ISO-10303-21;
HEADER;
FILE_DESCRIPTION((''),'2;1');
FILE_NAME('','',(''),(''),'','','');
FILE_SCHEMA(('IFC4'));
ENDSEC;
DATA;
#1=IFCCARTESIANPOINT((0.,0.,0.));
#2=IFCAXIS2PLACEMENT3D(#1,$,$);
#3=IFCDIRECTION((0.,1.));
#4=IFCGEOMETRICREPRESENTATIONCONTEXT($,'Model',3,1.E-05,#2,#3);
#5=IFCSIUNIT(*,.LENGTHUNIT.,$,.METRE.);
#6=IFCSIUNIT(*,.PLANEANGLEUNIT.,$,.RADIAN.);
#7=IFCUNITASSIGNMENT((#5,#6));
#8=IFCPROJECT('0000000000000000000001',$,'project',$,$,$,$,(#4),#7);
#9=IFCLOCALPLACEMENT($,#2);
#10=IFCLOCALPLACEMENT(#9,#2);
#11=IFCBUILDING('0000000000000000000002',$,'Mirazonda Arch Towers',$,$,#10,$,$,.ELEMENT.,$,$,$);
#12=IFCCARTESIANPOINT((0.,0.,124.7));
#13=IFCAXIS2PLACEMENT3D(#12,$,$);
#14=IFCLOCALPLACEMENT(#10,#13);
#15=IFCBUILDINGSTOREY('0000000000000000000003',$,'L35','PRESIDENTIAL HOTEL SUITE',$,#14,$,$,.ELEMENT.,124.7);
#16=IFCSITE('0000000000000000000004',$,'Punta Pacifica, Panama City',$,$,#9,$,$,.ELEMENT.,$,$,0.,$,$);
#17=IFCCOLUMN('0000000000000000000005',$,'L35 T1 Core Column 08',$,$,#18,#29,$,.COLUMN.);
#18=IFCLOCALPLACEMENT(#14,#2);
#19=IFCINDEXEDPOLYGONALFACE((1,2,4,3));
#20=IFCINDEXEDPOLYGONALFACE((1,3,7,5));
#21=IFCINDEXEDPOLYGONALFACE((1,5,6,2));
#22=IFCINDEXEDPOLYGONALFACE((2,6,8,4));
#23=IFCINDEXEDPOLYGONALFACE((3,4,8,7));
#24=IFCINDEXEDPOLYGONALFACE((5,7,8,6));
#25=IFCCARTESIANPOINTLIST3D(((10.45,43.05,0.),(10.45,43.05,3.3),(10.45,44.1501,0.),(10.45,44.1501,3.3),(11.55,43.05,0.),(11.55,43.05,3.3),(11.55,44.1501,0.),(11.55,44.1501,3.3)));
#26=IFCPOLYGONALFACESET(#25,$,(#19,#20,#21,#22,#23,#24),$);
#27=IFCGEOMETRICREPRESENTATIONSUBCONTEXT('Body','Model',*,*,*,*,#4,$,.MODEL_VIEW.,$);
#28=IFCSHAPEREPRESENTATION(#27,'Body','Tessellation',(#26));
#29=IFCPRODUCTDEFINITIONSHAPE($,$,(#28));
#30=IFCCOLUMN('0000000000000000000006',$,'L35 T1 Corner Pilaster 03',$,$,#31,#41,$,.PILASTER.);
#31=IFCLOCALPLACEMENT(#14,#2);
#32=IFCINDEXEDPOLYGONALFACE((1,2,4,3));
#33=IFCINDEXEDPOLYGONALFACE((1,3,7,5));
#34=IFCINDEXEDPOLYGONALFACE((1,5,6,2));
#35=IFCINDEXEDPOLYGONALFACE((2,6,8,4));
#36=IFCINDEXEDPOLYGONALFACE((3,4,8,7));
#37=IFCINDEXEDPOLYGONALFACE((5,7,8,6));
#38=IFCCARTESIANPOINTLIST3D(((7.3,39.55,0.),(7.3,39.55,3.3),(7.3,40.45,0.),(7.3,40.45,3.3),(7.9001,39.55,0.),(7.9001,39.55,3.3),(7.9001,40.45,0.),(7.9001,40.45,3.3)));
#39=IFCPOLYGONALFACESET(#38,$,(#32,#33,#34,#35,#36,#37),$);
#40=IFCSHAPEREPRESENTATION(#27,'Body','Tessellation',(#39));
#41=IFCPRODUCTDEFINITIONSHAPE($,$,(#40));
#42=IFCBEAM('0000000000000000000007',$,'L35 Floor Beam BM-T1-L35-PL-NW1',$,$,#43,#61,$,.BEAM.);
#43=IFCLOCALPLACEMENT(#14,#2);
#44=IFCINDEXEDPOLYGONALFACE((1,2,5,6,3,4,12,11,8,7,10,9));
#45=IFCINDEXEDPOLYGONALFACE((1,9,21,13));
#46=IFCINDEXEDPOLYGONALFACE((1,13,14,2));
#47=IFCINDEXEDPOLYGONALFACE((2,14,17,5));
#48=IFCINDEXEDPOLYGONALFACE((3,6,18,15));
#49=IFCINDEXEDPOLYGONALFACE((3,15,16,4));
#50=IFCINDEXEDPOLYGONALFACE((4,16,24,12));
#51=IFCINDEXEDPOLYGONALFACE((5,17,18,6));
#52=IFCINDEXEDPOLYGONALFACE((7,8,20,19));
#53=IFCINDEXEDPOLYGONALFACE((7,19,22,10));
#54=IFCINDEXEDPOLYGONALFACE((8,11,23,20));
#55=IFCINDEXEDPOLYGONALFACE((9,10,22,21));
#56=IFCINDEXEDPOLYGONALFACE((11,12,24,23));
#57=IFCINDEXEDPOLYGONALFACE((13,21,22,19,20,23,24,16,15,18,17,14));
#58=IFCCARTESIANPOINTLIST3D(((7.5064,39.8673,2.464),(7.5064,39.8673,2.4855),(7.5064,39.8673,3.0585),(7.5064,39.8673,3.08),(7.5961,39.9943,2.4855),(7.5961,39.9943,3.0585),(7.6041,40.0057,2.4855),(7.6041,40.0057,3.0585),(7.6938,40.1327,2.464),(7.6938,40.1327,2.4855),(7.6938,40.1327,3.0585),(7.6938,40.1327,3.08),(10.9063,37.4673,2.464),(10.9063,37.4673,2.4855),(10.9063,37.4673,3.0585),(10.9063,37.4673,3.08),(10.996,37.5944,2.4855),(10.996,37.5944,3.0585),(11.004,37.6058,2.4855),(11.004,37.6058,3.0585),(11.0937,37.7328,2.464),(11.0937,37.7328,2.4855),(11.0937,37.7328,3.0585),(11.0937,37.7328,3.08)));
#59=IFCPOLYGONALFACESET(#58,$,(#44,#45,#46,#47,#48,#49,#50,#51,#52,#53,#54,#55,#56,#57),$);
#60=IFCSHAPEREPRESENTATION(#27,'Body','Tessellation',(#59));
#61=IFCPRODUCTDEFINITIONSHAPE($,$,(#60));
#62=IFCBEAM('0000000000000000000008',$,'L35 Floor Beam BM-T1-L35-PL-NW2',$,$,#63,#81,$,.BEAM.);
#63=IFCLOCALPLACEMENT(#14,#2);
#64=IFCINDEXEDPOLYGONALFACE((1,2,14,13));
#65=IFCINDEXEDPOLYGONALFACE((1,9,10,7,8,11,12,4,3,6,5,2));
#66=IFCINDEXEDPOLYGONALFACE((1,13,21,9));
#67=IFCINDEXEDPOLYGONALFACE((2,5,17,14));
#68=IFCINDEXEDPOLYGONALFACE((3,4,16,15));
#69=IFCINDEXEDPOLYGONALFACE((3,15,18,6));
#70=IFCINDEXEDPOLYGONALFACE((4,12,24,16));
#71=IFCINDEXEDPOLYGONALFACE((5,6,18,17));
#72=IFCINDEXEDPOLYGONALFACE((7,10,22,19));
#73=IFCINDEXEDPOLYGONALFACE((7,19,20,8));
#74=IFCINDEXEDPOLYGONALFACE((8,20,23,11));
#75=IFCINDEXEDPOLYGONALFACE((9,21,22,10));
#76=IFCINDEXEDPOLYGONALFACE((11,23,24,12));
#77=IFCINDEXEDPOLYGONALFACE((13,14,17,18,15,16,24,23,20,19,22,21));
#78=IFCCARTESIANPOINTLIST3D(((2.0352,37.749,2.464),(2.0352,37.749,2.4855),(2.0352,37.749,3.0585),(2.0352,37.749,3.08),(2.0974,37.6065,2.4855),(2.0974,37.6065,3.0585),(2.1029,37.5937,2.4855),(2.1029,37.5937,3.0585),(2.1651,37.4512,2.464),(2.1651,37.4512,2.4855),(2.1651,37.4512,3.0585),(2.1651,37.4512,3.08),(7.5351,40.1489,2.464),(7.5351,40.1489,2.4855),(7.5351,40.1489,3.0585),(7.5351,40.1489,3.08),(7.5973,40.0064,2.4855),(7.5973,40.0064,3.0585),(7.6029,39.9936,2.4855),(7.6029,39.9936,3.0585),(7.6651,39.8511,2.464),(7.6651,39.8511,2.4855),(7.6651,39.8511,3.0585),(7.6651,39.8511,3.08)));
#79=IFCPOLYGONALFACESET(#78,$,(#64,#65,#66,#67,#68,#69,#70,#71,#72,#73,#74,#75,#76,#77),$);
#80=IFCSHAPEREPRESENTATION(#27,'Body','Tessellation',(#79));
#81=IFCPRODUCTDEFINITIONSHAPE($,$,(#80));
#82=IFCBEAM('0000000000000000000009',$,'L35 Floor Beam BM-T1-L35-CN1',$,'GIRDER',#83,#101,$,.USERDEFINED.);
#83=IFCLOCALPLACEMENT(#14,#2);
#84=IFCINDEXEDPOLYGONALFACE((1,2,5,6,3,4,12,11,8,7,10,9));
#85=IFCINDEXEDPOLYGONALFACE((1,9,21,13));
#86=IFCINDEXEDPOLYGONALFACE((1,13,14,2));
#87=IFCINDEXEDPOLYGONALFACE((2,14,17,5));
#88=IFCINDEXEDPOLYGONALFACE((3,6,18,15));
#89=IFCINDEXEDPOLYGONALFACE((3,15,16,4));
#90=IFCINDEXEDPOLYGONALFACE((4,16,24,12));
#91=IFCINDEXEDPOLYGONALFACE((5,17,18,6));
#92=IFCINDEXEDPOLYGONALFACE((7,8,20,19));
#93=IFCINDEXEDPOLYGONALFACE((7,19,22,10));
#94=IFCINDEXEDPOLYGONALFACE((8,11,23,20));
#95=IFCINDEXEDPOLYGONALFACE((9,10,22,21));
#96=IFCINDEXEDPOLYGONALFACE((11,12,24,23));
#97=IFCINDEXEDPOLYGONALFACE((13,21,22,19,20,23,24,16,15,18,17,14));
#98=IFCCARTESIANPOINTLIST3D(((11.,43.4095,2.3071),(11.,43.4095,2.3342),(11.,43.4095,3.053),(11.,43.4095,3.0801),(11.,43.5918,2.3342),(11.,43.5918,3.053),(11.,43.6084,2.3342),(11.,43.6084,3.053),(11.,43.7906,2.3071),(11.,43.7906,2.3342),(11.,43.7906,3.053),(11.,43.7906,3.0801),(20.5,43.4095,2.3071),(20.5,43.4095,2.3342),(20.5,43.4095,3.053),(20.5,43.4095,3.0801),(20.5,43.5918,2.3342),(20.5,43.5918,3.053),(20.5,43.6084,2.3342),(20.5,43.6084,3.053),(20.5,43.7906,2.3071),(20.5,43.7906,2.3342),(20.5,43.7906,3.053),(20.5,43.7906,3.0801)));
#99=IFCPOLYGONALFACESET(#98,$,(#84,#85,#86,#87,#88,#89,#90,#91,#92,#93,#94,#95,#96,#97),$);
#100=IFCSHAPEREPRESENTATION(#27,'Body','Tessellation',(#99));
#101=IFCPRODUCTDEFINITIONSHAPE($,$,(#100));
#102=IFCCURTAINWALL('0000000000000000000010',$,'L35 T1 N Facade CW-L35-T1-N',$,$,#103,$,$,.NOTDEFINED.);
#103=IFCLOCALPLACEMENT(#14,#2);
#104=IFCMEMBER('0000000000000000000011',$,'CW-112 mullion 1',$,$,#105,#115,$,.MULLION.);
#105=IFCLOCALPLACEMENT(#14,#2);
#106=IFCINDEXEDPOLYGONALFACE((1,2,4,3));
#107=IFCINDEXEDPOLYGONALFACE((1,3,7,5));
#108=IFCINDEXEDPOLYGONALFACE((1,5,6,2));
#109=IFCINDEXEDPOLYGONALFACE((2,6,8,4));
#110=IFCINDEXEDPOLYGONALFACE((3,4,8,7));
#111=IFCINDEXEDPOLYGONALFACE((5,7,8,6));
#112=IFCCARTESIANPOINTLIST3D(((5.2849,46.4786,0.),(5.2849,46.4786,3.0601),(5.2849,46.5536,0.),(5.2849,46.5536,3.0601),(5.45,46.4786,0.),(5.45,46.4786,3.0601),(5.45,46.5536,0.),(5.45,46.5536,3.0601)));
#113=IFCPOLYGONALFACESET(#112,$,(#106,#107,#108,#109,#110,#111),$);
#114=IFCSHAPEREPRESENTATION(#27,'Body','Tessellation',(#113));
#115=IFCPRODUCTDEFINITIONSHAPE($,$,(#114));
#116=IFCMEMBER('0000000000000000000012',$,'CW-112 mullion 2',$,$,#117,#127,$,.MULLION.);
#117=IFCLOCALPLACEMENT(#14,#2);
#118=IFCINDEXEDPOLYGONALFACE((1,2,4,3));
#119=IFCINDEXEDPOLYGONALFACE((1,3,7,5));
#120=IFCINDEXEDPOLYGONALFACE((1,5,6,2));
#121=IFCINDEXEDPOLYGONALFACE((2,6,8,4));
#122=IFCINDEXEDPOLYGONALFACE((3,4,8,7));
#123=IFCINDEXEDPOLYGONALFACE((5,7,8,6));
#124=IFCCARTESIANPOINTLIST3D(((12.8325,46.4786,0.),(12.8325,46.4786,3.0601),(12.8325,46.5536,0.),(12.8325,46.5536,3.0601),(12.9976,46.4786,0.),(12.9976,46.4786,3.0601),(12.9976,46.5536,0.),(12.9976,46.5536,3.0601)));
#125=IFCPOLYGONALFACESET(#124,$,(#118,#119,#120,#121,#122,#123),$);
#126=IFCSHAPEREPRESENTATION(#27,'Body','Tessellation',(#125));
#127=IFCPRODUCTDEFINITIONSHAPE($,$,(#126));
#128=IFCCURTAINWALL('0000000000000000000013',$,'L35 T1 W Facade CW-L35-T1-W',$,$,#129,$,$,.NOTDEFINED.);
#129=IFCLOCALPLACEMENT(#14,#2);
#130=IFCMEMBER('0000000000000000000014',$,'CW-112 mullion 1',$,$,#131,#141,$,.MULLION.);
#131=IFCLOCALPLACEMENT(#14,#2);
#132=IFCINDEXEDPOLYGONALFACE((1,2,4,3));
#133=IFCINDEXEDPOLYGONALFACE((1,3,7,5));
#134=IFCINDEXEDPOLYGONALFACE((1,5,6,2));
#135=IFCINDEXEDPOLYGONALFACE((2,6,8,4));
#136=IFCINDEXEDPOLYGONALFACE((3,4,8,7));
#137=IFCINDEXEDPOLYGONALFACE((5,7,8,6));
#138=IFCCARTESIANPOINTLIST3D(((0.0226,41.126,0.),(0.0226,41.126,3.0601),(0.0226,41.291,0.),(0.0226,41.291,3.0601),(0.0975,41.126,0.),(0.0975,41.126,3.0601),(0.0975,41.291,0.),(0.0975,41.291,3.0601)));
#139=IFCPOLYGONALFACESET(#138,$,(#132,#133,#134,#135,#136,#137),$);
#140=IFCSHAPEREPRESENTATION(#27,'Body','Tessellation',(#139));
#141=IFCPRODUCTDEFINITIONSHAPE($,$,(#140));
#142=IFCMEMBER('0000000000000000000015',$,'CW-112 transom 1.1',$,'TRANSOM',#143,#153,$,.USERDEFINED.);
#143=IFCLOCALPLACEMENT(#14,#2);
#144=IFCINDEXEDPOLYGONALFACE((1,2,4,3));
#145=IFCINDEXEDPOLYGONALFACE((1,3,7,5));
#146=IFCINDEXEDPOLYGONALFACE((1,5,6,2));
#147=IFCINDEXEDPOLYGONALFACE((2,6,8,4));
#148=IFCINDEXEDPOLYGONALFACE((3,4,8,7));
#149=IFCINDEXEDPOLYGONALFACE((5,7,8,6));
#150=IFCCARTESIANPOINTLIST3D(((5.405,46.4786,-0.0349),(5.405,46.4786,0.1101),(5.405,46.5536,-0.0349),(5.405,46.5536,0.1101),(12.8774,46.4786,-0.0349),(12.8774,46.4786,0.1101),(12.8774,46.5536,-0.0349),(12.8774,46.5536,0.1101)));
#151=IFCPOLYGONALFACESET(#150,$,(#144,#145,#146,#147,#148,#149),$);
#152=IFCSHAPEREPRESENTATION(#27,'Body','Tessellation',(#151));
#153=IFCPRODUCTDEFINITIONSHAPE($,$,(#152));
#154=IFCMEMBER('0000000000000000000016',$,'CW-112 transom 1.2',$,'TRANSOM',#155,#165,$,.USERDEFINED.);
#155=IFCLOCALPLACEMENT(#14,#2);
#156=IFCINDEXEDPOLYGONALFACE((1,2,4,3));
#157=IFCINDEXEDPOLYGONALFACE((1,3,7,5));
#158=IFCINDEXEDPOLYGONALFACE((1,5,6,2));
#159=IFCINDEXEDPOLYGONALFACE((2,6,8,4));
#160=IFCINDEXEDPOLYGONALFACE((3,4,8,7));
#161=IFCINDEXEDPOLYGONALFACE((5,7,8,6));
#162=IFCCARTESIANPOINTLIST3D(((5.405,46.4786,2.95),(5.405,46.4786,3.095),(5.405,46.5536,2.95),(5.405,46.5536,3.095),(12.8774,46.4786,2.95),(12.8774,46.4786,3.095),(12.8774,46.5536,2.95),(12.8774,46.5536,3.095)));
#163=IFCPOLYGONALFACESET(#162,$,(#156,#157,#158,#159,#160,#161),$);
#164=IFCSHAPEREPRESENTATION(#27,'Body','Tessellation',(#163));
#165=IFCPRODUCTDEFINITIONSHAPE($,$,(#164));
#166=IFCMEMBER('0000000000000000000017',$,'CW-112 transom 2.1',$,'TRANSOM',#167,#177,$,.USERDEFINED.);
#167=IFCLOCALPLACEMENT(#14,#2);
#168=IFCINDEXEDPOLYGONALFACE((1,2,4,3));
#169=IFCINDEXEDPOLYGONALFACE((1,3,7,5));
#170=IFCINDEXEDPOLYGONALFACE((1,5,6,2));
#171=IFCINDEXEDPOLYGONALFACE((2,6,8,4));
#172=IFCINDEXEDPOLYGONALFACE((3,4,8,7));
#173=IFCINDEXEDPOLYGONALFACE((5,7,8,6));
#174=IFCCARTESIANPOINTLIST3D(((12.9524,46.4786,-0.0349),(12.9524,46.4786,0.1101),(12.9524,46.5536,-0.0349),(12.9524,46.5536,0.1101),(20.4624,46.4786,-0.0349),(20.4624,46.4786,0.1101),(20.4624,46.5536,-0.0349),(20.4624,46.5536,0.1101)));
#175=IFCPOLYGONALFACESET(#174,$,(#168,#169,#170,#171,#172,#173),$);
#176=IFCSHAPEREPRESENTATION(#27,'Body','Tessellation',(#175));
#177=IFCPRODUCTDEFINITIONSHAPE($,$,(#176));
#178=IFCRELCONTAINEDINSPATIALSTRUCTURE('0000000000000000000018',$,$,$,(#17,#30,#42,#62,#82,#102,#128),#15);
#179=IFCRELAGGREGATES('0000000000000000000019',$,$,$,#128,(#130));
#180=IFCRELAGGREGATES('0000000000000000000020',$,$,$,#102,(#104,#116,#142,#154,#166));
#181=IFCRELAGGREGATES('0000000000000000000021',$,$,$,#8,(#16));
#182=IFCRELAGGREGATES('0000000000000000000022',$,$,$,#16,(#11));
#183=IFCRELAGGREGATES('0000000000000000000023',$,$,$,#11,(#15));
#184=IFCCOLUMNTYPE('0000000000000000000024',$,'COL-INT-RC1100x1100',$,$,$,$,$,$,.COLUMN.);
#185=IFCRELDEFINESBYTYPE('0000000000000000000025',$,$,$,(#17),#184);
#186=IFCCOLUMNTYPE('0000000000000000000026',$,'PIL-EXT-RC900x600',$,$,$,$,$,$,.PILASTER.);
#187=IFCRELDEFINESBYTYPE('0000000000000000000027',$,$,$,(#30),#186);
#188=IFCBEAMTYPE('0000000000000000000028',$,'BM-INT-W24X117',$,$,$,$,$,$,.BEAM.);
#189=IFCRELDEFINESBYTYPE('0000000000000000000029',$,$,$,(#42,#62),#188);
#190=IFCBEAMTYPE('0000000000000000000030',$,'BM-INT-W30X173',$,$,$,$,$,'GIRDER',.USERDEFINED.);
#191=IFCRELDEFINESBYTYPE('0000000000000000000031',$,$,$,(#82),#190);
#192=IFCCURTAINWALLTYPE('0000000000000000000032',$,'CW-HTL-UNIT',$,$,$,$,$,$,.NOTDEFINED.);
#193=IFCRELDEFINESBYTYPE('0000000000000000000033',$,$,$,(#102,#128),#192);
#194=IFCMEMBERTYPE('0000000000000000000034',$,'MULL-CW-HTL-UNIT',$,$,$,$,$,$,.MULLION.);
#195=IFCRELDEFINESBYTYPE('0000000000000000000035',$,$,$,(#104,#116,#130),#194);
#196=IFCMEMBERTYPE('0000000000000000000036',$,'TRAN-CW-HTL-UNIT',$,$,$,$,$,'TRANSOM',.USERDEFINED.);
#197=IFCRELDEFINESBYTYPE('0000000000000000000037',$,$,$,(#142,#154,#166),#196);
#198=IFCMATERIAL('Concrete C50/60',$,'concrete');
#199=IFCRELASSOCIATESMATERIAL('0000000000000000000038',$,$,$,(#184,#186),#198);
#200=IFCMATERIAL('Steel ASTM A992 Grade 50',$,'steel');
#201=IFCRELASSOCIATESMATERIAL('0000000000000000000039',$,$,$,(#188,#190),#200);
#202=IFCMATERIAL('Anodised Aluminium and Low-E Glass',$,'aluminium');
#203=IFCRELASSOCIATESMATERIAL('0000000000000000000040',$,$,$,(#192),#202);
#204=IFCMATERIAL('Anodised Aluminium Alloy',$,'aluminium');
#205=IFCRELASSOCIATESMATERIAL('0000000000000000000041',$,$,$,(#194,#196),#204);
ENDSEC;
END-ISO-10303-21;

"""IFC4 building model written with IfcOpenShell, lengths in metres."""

from ifc_helpers import new_model, si_unit, direction, frame, origin, origin_2d, place, context, subcontext, project, spatial, rectangle, i_section, extrude, material, material_profile, profile_set, type_object, element, aggregate, save


model = new_model("IFC4")

# Units and contexts
model_context = context("Model", 3, precision=1e-05, world=origin(), true_north=direction((0.0, 1.0)))
body_context = subcontext(model_context, "Body", "Model", "MODEL_VIEW")
ifc_project = project(units=[si_unit("LENGTHUNIT", "METRE"), si_unit("PLANEANGLEUNIT", "RADIAN")], contexts=[model_context])

# Site, building, storey
site_placement = place(None, origin())
site = spatial("IfcSite", under=ifc_project, at=site_placement, Name="Punta Pacifica, Panama City", CompositionType="ELEMENT", RefElevation=0.0)
building_placement = place(site_placement, origin())
building = spatial("IfcBuilding", under=site, at=building_placement, Name="Mirazonda Arch Towers", CompositionType="ELEMENT")
storey_placement = place(building_placement, frame((0.0, 0.0, 124.7)))
storey = spatial("IfcBuildingStorey", under=building, at=storey_placement, Name="L35", Description="PRESIDENTIAL HOTEL SUITE", CompositionType="ELEMENT", Elevation=124.7)

# Columns
ifc_material_1 = material(Name="Concrete C50/60", Category="concrete")
ifc_material_profile_1 = material_profile(ifc_material_1, rectangle(XDim=1.1001, YDim=1.1001, at=origin_2d()), Name="RC1100x1100")
ifc_profile_set_1 = profile_set([ifc_material_profile_1], Name="Concrete C50/60")
column_type_1 = type_object("IfcColumnType", Name="COL-INT-RC1100x1100", PredefinedType="COLUMN", material=ifc_profile_set_1)
column_1_placement = place(storey_placement, frame((11.0, 43.6001, 0.0), z_axis=(0.0, 0.0, 1.0), x_axis=(1.0, 0.0, 0.0)))
element("IfcColumn", 1, at=column_1_placement, inside=storey, type_object=column_type_1, Name="L35 T1 Core Column 08", PredefinedType="COLUMN", context=body_context, shape_type="SweptSolid", body=[
    extrude(rectangle(XDim=1.1001, YDim=1.1001, at=origin_2d()), origin(), (0.0, 0.0, 1.0), 3.3),
])
ifc_material_profile_2 = material_profile(ifc_material_1, rectangle(XDim=0.6001, YDim=0.8999, at=origin_2d()), Name="RC900x600")
ifc_profile_set_2 = profile_set([ifc_material_profile_2], Name="Concrete C50/60")
column_type_2 = type_object("IfcColumnType", Name="PIL-EXT-RC900x600", PredefinedType="PILASTER", material=ifc_profile_set_2)
column_2_placement = place(storey_placement, frame((7.6001, 40.0, 0.0), z_axis=(0.0, 0.0, 1.0), x_axis=(1.0, 0.0, 0.0)))
element("IfcColumn", 2, at=column_2_placement, inside=storey, type_object=column_type_2, Name="L35 T1 Corner Pilaster 03", PredefinedType="PILASTER", context=body_context, shape_type="SweptSolid", body=[
    extrude(rectangle(XDim=0.6001, YDim=0.8999, at=origin_2d()), origin(), (0.0, 0.0, 1.0), 3.3),
])

# Beams
ifc_material_2 = material(Name="Steel ASTM A992 Grade 50", Category="steel")
ifc_material_profile_3 = material_profile(ifc_material_2, i_section(OverallWidth=0.325, OverallDepth=0.616, WebThickness=0.0139, FlangeThickness=0.0215, at=origin_2d()), Name="W24X117")
ifc_profile_set_3 = profile_set([ifc_material_profile_3], Name="Steel ASTM A992 Grade 50")
beam_type_1 = type_object("IfcBeamType", Name="BM-INT-W24X117", PredefinedType="BEAM", material=ifc_profile_set_3)
beam_1_placement = place(storey_placement, frame((7.6001, 40.0, 2.772), z_axis=(0.816971, -0.576679, 0.0), x_axis=(0.576679, 0.816971, 0.0)))
element("IfcBeam", 3, at=beam_1_placement, inside=storey, type_object=beam_type_1, Name="L35 Floor Beam BM-T1-L35-PL-NW1", PredefinedType="BEAM", context=body_context, shape_type="SweptSolid", body=[
    extrude(i_section(OverallWidth=0.325, OverallDepth=0.616, WebThickness=0.0139, FlangeThickness=0.0215, at=origin_2d()), origin(), (0.0, 0.0, 1.0), 4.1616),
])
beam_2_placement = place(storey_placement, frame((7.6001, 40.0, 2.772), z_axis=(-0.916545, -0.399931, 0.0), x_axis=(0.399931, -0.916545, 0.0)))
element("IfcBeam", 4, at=beam_2_placement, inside=storey, type_object=beam_type_1, Name="L35 Floor Beam BM-T1-L35-PL-NW2", PredefinedType="BEAM", context=body_context, shape_type="SweptSolid", body=[
    extrude(i_section(OverallWidth=0.325, OverallDepth=0.616, WebThickness=0.0139, FlangeThickness=0.0215, at=origin_2d()), origin(), (0.0, 0.0, 1.0), 6.0007),
])
ifc_material_profile_4 = material_profile(ifc_material_2, i_section(OverallWidth=0.3811, OverallDepth=0.7729, WebThickness=0.0166, FlangeThickness=0.0271, at=origin_2d()), Name="W30X173")
ifc_profile_set_4 = profile_set([ifc_material_profile_4], Name="Steel ASTM A992 Grade 50")
beam_type_2 = type_object("IfcBeamType", Name="BM-INT-W30X173", ElementType="GIRDER", PredefinedType="USERDEFINED", material=ifc_profile_set_4)
beam_3_placement = place(storey_placement, frame((11.0, 43.6001, 2.6936), z_axis=(1.0, 0.0, 0.0), x_axis=(0.0, 1.0, 0.0)))
element("IfcBeam", 5, at=beam_3_placement, inside=storey, type_object=beam_type_2, Name="L35 Floor Beam BM-T1-L35-CN1", ObjectType="GIRDER", PredefinedType="USERDEFINED", context=body_context, shape_type="SweptSolid", body=[
    extrude(i_section(OverallWidth=0.3811, OverallDepth=0.7729, WebThickness=0.0166, FlangeThickness=0.0271, at=origin_2d()), origin(), (0.0, 0.0, 1.0), 9.5),
])

# Curtain wall, members
ifc_material_3 = material(Name="Anodised Aluminium and Low-E Glass", Category="aluminium")
curtain_wall_type = type_object("IfcCurtainWallType", Name="CW-HTL-UNIT", PredefinedType="NOTDEFINED", material=ifc_material_3)
curtain_wall_1_placement = place(storey_placement, origin())
curtain_wall_1 = element("IfcCurtainWall", 6, at=curtain_wall_1_placement, inside=storey, type_object=curtain_wall_type, Name="L35 T1 N Facade CW-L35-T1-N", PredefinedType="NOTDEFINED")
ifc_material_4 = material(Name="Anodised Aluminium Alloy", Category="aluminium")
ifc_material_profile_5 = material_profile(ifc_material_4, rectangle(XDim=0.075, YDim=0.165, at=origin_2d()), Name="ALU-MULL-75x165")
ifc_profile_set_5 = profile_set([ifc_material_profile_5], Name="Anodised Aluminium Alloy")
member_type_1 = type_object("IfcMemberType", Name="MULL-CW-HTL-UNIT", PredefinedType="MULLION", material=ifc_profile_set_5)
member_1_placement = place(storey_placement, frame((5.3674, 46.5161, 0.0), z_axis=(0.0, 0.0, 1.0), x_axis=(0.0, 1.0, 0.0)))
member_1 = element("IfcMember", 7, at=member_1_placement, type_object=member_type_1, Name="CW-112 mullion 1", PredefinedType="MULLION", context=body_context, shape_type="SweptSolid", body=[
    extrude(rectangle(XDim=0.075, YDim=0.165, at=origin_2d()), origin(), (0.0, 0.0, 1.0), 3.0601),
])
member_2_placement = place(storey_placement, frame((12.915, 46.5161, 0.0), z_axis=(0.0, 0.0, 1.0), x_axis=(0.0, 1.0, 0.0)))
member_2 = element("IfcMember", 8, at=member_2_placement, type_object=member_type_1, Name="CW-112 mullion 2", PredefinedType="MULLION", context=body_context, shape_type="SweptSolid", body=[
    extrude(rectangle(XDim=0.075, YDim=0.165, at=origin_2d()), origin(), (0.0, 0.0, 1.0), 3.0601),
])

# Curtain wall, member
curtain_wall_2_placement = place(storey_placement, origin())
curtain_wall_2 = element("IfcCurtainWall", 9, at=curtain_wall_2_placement, inside=storey, type_object=curtain_wall_type, Name="L35 T1 W Facade CW-L35-T1-W", PredefinedType="NOTDEFINED")
member_3_placement = place(storey_placement, frame((0.0601, 41.2085, 0.0), z_axis=(0.0, 0.0, 1.0), x_axis=(1.0, 0.0, 0.0)))
member_3 = element("IfcMember", 10, at=member_3_placement, type_object=member_type_1, Name="CW-112 mullion 1", PredefinedType="MULLION", context=body_context, shape_type="SweptSolid", body=[
    extrude(rectangle(XDim=0.075, YDim=0.165, at=origin_2d()), origin(), (0.0, 0.0, 1.0), 3.0601),
])

# Members
ifc_material_profile_6 = material_profile(ifc_material_4, rectangle(XDim=0.075, YDim=0.145, at=origin_2d()), Name="ALU-TRAN-75x145")
ifc_profile_set_6 = profile_set([ifc_material_profile_6], Name="Anodised Aluminium Alloy")
member_type_2 = type_object("IfcMemberType", Name="TRAN-CW-HTL-UNIT", ElementType="TRANSOM", PredefinedType="USERDEFINED", material=ifc_profile_set_6)
member_4_placement = place(storey_placement, frame((5.405, 46.5161, 0.0376), z_axis=(1.0, 0.0, 0.0), x_axis=(0.0, 1.0, 0.0)))
member_4 = element("IfcMember", 11, at=member_4_placement, type_object=member_type_2, Name="CW-112 transom 1.1", ObjectType="TRANSOM", PredefinedType="USERDEFINED", context=body_context, shape_type="SweptSolid", body=[
    extrude(rectangle(XDim=0.075, YDim=0.145, at=origin_2d()), origin(), (0.0, 0.0, 1.0), 7.4724),
])
member_5_placement = place(storey_placement, frame((5.405, 46.5161, 3.0225), z_axis=(1.0, 0.0, 0.0), x_axis=(0.0, 1.0, 0.0)))
member_5 = element("IfcMember", 12, at=member_5_placement, type_object=member_type_2, Name="CW-112 transom 1.2", ObjectType="TRANSOM", PredefinedType="USERDEFINED", context=body_context, shape_type="SweptSolid", body=[
    extrude(rectangle(XDim=0.075, YDim=0.145, at=origin_2d()), origin(), (0.0, 0.0, 1.0), 7.4724),
])
member_6_placement = place(storey_placement, frame((12.9524, 46.5161, 0.0376), z_axis=(1.0, 0.0, 0.0), x_axis=(0.0, 1.0, 0.0)))
member_6 = element("IfcMember", 13, at=member_6_placement, type_object=member_type_2, Name="CW-112 transom 2.1", ObjectType="TRANSOM", PredefinedType="USERDEFINED", context=body_context, shape_type="SweptSolid", body=[
    extrude(rectangle(XDim=0.075, YDim=0.145, at=origin_2d()), origin(), (0.0, 0.0, 1.0), 7.51),
])
aggregate(curtain_wall_2, [member_3])

aggregate(curtain_wall_1, [member_1, member_2, member_4, member_5, member_6])

save(model, "model.ifc")
